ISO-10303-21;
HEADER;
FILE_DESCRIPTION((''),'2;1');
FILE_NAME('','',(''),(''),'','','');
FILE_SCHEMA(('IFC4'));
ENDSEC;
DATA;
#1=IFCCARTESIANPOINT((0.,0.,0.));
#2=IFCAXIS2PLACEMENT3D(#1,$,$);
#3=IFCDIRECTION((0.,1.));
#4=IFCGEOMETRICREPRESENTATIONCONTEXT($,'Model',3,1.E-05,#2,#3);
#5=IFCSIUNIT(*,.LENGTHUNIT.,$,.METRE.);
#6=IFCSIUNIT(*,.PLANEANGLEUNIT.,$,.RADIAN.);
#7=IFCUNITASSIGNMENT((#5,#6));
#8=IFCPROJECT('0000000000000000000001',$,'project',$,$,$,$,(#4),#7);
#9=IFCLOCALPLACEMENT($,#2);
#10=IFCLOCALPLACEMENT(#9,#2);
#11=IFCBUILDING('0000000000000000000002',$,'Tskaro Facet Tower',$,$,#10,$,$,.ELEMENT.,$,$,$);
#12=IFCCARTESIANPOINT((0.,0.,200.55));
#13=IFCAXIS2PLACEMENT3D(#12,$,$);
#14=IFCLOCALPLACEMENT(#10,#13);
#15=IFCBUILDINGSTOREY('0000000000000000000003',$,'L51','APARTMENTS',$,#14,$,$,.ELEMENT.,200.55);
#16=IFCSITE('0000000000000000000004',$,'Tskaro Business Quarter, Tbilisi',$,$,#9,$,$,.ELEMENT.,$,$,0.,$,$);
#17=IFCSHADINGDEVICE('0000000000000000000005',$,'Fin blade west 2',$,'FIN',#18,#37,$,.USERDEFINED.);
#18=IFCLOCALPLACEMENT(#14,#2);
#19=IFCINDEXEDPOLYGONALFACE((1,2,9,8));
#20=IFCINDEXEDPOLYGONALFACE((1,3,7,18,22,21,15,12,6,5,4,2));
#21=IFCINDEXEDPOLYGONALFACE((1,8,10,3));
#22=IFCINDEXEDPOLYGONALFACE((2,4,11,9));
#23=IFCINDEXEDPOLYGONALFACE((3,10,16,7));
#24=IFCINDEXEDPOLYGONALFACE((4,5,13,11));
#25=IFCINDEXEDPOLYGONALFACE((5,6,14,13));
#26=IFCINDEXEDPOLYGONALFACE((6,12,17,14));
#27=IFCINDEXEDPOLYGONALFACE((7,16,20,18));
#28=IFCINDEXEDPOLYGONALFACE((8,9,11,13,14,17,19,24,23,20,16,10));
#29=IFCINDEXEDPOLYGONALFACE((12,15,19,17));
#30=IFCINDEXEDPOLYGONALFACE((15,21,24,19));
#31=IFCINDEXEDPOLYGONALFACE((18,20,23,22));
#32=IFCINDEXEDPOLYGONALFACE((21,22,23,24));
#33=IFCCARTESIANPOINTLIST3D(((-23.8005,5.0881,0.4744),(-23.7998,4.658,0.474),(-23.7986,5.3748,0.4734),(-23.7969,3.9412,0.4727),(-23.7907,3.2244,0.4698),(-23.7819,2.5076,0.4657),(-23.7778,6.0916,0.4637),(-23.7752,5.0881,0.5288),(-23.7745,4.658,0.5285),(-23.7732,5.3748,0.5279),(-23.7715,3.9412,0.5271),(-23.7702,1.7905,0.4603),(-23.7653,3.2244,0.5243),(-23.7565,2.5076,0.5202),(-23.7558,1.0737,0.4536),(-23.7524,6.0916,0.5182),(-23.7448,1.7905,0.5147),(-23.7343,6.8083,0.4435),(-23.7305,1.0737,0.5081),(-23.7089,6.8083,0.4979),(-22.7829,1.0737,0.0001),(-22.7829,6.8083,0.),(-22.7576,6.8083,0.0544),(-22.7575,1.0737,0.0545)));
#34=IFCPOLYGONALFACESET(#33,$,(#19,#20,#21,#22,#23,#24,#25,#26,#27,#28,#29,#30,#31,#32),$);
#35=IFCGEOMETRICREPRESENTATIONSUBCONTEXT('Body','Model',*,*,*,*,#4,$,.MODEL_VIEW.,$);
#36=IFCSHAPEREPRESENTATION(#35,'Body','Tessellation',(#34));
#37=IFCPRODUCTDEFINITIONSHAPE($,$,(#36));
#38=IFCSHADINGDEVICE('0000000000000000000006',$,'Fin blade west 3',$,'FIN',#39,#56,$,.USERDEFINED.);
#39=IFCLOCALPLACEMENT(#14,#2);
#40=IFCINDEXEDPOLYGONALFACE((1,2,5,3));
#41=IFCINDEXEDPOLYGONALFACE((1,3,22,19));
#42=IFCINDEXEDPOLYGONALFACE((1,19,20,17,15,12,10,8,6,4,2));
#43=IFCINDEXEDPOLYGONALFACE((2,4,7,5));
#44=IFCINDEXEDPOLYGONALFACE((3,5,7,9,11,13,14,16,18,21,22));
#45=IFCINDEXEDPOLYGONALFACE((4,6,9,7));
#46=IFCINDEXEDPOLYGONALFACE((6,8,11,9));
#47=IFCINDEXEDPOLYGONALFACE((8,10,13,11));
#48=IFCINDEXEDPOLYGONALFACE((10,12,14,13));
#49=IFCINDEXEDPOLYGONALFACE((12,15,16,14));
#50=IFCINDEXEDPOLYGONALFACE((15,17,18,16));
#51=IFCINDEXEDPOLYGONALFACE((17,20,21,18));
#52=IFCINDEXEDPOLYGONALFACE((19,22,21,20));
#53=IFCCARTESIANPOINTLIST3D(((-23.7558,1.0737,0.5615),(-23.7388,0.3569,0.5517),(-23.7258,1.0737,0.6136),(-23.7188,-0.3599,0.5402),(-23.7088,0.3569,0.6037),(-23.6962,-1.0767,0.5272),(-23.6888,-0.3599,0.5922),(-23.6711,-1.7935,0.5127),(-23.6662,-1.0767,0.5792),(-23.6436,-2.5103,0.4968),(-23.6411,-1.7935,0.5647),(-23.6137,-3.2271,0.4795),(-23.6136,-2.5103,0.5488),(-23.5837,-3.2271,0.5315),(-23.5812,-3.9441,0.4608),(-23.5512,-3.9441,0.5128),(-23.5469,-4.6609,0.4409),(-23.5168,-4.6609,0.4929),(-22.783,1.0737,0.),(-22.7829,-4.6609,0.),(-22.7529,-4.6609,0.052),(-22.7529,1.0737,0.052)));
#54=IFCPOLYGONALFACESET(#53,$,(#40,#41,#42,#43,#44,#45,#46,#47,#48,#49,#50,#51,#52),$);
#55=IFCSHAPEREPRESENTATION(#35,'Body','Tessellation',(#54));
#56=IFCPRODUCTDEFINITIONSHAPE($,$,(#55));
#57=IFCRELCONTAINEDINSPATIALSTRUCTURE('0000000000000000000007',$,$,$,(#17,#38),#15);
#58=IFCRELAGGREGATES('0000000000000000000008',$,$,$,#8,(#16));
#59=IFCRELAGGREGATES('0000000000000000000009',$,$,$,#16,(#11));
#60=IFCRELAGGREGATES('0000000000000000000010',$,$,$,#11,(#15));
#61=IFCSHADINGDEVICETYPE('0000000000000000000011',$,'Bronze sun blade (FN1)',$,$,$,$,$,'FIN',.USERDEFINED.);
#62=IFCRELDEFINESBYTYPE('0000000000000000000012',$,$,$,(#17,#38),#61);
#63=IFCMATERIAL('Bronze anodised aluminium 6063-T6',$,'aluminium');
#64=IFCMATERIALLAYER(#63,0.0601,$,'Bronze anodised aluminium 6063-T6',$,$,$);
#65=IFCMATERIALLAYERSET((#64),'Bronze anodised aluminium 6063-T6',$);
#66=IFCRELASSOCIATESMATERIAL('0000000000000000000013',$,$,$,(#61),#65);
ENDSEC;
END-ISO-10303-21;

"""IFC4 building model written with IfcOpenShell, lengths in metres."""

from ifc_helpers import new_model, si_unit, direction, frame, origin, place, context, subcontext, project, spatial, polyline, outline, extrude, material, layer, layer_set, type_object, element, save


model = new_model("IFC4")

# Units and contexts
model_context = context("Model", 3, precision=1e-05, world=origin(), true_north=direction((0.0, 1.0)))
body_context = subcontext(model_context, "Body", "Model", "MODEL_VIEW")
ifc_project = project(units=[si_unit("LENGTHUNIT", "METRE"), si_unit("PLANEANGLEUNIT", "RADIAN")], contexts=[model_context])

# Site, building, storey
site_placement = place(None, origin())
site = spatial("IfcSite", under=ifc_project, at=site_placement, Name="Tskaro Business Quarter, Tbilisi", CompositionType="ELEMENT", RefElevation=0.0)
building_placement = place(site_placement, origin())
building = spatial("IfcBuilding", under=site, at=building_placement, Name="Tskaro Facet Tower", CompositionType="ELEMENT")
storey_placement = place(building_placement, frame((0.0, 0.0, 200.55)))
storey = spatial("IfcBuildingStorey", under=building, at=storey_placement, Name="L51", Description="APARTMENTS", CompositionType="ELEMENT", Elevation=200.55)

# Shared definitions
ifc_material_1 = material(Name="Bronze anodised aluminium 6063-T6", Category="aluminium")

# Shading devices
ifc_layer_1 = layer(ifc_material_1, 0.0601, Name="Bronze anodised aluminium 6063-T6")
ifc_layer_set_1 = layer_set([ifc_layer_1], Name="Bronze anodised aluminium 6063-T6")
shading_device_type = type_object("IfcShadingDeviceType", Name="Bronze sun blade (FN1)", ElementType="FIN", PredefinedType="USERDEFINED", material=ifc_layer_set_1)
shading_device_1_placement = place(storey_placement, frame((-22.7576, 6.8083, 0.0544), z_axis=(0.422475, 0.000019, 0.906375), x_axis=(0.000008, -1.0, 0.000017)))
element("IfcShadingDevice", 1, at=shading_device_1_placement, inside=storey, type_object=shading_device_type, Name="Fin blade west 2", ObjectType="FIN", PredefinedType="USERDEFINED", context=body_context, shape_type="SweptSolid", body=[
    extrude(outline(polyline([(0.0, 0.0), (5.7346, 0.0), (5.7346, -1.0735), (5.0178, -1.0893), (4.3008, -1.1022), (3.584, -1.1119), (2.8672, -1.1187), (2.1504, -1.1219), (1.7202, -1.1227), (1.4336, -1.1205), (0.7168, -1.0976), (0.0, -1.0496), (0.0, 0.0)])), origin(), (0.0, 0.0, -1.0), 0.0601),
])
shading_device_2_placement = place(storey_placement, frame((-22.7529, 1.0737, 0.052), z_axis=(0.499909, 0.000002, 0.866078), x_axis=(0.000001, -1.0, 0.000002)))
element("IfcShadingDevice", 2, at=shading_device_2_placement, inside=storey, type_object=shading_device_type, Name="Fin blade west 3", ObjectType="FIN", PredefinedType="USERDEFINED", context=body_context, shape_type="SweptSolid", body=[
    extrude(outline(polyline([(0.0, 0.0), (5.7346, 0.0), (5.7346, -0.882), (5.0178, -0.9217), (4.3008, -0.9592), (3.584, -0.9937), (2.8672, -1.0255), (2.1504, -1.0545), (1.4336, -1.0806), (0.7168, -1.1036), (0.0, -1.1233), (0.0, 0.0)])), origin(), (0.0, 0.0, -1.0), 0.0601),
])

save(model, "model.ifc")
